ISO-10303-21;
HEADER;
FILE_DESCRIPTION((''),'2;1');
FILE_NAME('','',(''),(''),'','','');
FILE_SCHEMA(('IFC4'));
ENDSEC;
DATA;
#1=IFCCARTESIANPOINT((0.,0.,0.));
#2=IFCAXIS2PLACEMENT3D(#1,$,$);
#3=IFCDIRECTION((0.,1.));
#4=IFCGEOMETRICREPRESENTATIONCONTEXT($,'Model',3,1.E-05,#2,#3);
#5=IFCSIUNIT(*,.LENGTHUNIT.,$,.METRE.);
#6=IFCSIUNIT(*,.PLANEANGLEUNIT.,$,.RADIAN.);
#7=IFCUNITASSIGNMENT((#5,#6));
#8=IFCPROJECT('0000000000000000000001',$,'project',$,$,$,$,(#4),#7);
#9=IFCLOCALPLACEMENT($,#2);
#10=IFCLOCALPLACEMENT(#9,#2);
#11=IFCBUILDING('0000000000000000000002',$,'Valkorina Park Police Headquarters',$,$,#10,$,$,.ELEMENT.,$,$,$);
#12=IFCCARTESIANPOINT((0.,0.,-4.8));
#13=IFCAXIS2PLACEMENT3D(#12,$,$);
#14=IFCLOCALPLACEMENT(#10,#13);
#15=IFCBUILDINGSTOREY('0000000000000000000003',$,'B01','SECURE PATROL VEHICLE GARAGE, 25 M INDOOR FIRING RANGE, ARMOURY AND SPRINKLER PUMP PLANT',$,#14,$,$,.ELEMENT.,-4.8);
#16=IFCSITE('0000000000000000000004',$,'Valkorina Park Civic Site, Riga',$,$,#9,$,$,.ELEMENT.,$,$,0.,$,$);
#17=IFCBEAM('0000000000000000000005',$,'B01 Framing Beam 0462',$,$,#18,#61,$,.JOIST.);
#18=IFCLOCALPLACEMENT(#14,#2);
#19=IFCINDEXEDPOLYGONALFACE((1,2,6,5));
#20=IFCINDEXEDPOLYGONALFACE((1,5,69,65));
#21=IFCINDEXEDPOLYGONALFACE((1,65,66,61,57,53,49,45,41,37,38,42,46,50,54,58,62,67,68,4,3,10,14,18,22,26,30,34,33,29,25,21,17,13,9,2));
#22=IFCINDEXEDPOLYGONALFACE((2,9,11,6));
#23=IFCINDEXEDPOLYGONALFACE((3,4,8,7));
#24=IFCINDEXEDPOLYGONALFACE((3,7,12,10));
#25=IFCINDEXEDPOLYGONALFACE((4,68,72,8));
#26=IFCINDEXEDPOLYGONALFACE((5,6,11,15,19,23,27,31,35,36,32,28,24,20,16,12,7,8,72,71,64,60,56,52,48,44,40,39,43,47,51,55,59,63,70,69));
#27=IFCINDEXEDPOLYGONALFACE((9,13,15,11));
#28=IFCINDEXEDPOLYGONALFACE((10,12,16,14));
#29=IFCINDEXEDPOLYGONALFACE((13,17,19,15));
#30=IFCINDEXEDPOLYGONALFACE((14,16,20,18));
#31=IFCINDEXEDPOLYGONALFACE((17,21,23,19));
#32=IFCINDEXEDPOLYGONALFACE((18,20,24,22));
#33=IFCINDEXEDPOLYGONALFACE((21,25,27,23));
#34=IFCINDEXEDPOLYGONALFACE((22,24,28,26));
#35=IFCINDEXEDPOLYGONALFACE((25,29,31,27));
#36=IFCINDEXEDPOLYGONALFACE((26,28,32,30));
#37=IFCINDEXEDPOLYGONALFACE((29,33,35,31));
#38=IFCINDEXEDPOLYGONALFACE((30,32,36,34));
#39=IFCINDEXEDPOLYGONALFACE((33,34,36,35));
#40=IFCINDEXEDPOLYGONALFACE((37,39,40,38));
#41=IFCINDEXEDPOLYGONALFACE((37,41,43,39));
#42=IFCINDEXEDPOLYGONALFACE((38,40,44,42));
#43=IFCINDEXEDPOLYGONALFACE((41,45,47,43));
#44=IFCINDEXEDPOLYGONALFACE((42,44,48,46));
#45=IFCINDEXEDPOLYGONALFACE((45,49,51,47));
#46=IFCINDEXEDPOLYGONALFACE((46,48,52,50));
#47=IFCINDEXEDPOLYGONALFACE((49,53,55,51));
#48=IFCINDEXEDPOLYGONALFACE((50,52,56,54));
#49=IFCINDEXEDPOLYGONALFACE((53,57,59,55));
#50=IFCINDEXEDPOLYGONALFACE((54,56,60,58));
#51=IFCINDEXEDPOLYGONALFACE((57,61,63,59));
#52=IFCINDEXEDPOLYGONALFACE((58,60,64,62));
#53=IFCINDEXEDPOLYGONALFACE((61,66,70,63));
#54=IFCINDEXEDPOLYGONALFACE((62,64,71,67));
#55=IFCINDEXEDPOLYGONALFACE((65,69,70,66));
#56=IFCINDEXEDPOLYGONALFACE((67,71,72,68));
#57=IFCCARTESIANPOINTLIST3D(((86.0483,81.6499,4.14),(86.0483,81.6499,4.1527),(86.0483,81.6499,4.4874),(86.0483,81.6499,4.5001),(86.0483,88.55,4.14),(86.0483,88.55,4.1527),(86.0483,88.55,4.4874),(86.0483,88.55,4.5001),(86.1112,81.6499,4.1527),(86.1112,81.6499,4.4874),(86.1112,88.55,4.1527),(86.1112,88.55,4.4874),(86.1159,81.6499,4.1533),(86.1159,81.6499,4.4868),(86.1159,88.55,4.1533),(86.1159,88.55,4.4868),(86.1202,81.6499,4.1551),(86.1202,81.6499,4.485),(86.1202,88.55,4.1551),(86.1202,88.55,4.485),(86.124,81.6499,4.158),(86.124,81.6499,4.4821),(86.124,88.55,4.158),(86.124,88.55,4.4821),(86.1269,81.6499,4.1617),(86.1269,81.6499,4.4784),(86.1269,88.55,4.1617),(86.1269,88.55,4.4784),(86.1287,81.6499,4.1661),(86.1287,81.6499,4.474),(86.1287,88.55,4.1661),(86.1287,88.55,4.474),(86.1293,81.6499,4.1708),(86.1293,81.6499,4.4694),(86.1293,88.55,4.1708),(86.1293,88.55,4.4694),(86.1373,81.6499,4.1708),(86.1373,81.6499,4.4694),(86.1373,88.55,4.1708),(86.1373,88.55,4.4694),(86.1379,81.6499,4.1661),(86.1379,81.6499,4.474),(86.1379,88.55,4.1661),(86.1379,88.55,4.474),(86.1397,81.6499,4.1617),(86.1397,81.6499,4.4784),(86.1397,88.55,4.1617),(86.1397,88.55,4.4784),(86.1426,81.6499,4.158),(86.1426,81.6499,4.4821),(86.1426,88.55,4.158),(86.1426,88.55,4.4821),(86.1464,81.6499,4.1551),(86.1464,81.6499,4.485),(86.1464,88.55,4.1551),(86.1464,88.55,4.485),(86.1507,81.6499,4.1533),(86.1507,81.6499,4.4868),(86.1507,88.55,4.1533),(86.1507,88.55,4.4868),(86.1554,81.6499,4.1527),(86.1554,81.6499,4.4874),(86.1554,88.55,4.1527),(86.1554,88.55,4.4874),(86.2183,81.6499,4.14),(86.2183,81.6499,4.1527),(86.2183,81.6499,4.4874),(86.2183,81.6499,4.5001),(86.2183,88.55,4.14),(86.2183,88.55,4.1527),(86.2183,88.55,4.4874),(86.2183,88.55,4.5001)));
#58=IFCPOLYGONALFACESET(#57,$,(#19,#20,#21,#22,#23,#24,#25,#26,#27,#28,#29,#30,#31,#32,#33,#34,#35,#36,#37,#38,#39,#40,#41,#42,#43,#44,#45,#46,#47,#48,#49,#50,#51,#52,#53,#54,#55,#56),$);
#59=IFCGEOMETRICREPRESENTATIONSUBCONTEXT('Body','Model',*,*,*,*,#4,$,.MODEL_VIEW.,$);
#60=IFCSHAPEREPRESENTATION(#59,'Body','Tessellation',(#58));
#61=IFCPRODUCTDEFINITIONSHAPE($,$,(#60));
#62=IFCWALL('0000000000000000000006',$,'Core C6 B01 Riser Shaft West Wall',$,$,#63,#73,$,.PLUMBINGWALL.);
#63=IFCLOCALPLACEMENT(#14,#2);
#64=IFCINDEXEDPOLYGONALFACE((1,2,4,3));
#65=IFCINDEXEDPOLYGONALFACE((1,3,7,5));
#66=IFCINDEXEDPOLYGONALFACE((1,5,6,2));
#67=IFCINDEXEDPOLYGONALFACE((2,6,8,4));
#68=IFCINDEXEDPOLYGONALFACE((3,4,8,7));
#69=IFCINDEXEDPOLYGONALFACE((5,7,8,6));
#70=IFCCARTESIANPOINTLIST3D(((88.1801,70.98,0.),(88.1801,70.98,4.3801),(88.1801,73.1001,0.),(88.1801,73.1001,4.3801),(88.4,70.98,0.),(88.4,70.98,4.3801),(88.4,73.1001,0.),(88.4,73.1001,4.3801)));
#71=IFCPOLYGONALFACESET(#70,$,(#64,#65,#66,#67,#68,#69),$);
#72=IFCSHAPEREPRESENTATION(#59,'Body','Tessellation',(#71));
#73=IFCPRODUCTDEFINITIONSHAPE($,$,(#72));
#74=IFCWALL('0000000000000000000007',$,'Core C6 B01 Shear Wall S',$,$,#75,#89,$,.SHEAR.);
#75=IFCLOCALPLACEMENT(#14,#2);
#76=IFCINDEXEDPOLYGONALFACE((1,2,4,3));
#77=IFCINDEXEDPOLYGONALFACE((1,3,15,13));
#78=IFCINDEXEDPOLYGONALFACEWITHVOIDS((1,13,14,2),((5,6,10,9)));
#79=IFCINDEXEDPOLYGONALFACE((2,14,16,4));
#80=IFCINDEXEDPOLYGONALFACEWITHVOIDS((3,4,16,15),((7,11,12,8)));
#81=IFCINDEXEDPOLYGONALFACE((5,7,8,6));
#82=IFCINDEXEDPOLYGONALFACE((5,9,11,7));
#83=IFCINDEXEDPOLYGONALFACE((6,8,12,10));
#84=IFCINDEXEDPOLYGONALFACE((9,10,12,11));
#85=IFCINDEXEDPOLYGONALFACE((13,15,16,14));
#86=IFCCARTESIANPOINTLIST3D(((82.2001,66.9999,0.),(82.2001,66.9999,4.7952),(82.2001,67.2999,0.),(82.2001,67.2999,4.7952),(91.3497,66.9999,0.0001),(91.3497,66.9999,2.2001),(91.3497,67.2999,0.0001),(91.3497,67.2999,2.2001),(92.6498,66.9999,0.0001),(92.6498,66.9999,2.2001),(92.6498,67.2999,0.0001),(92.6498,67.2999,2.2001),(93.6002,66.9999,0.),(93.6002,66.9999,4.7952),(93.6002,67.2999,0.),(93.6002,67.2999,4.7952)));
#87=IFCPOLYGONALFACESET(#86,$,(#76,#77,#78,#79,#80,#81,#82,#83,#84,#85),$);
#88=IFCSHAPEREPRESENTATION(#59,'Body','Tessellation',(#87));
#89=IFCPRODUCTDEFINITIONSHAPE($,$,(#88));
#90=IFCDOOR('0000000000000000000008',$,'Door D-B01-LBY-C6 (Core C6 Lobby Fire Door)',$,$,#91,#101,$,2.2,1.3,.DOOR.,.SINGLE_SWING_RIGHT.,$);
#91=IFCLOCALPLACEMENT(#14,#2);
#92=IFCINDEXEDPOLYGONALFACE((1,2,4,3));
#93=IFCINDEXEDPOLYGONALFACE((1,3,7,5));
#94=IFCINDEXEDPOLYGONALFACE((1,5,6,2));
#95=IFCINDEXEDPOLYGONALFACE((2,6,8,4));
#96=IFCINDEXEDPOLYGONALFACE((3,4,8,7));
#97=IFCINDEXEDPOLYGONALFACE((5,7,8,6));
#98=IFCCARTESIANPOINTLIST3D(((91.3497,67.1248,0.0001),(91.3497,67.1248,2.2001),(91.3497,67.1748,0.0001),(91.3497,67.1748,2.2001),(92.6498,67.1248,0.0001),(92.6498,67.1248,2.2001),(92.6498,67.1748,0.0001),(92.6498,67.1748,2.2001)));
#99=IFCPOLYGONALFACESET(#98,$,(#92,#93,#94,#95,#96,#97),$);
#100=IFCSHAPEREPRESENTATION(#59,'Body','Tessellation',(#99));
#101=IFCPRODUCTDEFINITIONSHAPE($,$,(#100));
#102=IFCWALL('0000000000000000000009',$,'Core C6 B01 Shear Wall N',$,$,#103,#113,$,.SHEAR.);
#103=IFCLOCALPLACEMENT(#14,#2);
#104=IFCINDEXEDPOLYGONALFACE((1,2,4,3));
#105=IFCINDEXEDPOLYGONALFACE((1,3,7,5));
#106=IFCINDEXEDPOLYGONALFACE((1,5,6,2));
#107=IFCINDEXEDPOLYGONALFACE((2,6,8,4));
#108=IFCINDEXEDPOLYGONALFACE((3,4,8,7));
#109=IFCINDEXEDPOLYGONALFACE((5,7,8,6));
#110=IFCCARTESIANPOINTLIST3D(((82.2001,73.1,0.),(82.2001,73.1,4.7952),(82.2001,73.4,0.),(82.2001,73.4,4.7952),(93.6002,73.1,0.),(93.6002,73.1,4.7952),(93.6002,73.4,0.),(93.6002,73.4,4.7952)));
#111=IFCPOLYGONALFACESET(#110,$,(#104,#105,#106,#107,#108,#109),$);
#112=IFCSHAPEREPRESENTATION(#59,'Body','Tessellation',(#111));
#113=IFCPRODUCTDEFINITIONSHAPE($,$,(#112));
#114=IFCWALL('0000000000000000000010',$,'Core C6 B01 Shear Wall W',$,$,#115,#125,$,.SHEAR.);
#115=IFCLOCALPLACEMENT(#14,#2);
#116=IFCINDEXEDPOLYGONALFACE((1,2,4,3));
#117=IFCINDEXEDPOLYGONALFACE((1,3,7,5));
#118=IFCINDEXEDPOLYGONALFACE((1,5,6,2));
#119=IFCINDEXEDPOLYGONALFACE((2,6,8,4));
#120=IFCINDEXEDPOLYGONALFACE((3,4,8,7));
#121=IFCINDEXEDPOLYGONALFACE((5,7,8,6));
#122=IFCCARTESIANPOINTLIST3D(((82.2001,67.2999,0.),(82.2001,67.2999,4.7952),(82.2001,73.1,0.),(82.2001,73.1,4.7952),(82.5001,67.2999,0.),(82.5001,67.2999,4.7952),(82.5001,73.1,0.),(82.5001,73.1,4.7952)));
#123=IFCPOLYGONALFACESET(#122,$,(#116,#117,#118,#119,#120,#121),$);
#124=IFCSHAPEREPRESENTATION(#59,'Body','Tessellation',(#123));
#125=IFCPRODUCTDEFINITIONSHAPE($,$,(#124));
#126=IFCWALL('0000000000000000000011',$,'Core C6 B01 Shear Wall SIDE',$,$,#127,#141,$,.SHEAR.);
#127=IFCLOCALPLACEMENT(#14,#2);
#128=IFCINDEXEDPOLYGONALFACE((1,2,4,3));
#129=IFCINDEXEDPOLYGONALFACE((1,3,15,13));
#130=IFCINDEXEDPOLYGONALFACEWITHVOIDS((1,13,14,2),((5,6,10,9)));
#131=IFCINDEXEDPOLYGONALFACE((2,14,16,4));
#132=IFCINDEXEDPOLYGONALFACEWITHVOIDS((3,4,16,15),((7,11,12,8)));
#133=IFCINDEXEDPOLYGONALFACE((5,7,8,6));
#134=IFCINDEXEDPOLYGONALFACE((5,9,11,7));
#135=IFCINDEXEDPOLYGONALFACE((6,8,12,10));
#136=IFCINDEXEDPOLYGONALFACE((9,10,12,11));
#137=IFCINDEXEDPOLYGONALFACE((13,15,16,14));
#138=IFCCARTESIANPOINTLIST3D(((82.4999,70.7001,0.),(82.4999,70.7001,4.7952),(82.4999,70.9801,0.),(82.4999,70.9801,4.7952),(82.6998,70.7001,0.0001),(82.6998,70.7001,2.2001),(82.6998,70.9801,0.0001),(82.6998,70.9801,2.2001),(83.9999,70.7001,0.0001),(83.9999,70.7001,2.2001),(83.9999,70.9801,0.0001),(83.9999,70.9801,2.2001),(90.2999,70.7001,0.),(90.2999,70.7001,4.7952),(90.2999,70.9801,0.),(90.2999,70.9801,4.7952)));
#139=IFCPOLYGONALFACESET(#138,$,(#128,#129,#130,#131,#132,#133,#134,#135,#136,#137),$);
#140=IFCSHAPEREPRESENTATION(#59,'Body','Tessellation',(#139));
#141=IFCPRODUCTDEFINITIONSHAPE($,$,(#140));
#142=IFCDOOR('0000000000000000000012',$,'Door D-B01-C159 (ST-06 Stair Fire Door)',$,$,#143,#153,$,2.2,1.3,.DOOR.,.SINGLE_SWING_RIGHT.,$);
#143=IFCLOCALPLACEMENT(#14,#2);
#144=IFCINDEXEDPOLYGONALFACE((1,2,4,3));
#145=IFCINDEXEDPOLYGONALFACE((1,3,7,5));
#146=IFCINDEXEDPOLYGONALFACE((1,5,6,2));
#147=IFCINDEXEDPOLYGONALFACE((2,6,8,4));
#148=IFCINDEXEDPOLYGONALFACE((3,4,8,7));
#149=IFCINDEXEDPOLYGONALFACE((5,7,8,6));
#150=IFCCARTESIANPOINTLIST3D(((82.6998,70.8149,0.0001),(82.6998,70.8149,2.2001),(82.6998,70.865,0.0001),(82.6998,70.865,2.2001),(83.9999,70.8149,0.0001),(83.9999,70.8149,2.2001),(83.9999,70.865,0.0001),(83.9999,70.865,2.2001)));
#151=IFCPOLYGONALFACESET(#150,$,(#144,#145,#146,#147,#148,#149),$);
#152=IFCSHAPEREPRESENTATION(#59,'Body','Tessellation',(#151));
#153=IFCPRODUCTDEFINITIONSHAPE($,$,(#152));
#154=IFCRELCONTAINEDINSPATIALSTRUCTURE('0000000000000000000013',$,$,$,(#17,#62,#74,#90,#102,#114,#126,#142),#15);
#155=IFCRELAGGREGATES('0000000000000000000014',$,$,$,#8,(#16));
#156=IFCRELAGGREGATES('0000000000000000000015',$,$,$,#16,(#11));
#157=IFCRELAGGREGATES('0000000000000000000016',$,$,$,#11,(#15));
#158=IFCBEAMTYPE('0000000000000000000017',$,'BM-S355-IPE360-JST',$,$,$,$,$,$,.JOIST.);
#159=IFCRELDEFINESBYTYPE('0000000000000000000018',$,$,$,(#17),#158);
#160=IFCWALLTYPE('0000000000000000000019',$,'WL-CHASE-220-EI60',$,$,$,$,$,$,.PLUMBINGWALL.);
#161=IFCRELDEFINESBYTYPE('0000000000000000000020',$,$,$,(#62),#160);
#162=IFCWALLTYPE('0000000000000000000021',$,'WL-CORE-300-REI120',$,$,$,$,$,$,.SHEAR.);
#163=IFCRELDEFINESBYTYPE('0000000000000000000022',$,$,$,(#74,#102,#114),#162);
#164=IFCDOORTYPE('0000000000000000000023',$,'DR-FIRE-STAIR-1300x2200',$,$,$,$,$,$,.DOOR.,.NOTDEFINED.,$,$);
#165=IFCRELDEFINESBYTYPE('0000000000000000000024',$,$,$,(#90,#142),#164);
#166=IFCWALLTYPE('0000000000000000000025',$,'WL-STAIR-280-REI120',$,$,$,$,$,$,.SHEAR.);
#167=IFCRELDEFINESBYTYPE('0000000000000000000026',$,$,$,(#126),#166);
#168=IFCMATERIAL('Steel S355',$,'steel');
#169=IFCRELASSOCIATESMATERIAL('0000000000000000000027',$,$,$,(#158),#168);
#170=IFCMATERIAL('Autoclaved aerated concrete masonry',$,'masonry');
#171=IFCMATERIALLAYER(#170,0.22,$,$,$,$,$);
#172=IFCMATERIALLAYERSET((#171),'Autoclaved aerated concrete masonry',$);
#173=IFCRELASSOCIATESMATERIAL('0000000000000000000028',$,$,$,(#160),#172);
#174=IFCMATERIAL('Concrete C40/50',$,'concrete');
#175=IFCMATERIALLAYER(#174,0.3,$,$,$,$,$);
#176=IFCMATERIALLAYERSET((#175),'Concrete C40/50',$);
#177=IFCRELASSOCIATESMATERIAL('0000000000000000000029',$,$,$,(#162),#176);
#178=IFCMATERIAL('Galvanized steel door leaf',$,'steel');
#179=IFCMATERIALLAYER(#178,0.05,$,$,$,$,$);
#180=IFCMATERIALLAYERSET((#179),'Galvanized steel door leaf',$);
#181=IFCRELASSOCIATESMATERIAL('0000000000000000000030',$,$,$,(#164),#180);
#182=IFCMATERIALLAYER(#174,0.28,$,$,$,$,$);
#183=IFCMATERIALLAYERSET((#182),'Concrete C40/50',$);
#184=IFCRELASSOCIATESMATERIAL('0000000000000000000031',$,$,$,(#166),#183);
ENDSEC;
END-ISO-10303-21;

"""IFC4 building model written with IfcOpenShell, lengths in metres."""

from ifc_helpers import new_model, si_unit, direction, frame, frame_2d, origin, origin_2d, place, context, subcontext, project, spatial, rectangle, i_section, extrude, material, layer, layer_set, material_profile, profile_set, type_object, element, fill, save


model = new_model("IFC4")

# Units and contexts
model_context = context("Model", 3, precision=1e-05, world=origin(), true_north=direction((0.0, 1.0)))
body_context = subcontext(model_context, "Body", "Model", "MODEL_VIEW")
ifc_project = project(units=[si_unit("LENGTHUNIT", "METRE"), si_unit("PLANEANGLEUNIT", "RADIAN")], contexts=[model_context])

# Site, building, storey
site_placement = place(None, origin())
site = spatial("IfcSite", under=ifc_project, at=site_placement, Name="Valkorina Park Civic Site, Riga", CompositionType="ELEMENT", RefElevation=0.0)
building_placement = place(site_placement, origin())
building = spatial("IfcBuilding", under=site, at=building_placement, Name="Valkorina Park Police Headquarters", CompositionType="ELEMENT")
storey_placement = place(building_placement, frame((0.0, 0.0, -4.8)))
storey = spatial("IfcBuildingStorey", under=building, at=storey_placement, Name="B01", Description="SECURE PATROL VEHICLE GARAGE, 25 M INDOOR FIRING RANGE, ARMOURY AND SPRINKLER PUMP PLANT", CompositionType="ELEMENT", Elevation=-4.8)

# Shared definitions
ifc_material_1 = material(Name="Concrete C40/50", Category="concrete")

# Beam
ifc_material_2 = material(Name="Steel S355", Category="steel")
ifc_material_profile_1 = material_profile(ifc_material_2, i_section(OverallWidth=0.1699, OverallDepth=0.3601, WebThickness=0.0081, FlangeThickness=0.0127, FilletRadius=0.0181, at=origin_2d()), Name="IPE 360")
ifc_profile_set_1 = profile_set([ifc_material_profile_1], Name="Steel S355")
beam_type_1 = type_object("IfcBeamType", Name="BM-S355-IPE360-JST", PredefinedType="JOIST", material=ifc_profile_set_1)
for number, where, z_axis, x_axis, name in (
    (1, (86.1333, 81.6499, 4.3201), (0.0, 1.0, 0.0), (-1.0, 0.0, 0.0), "B01 Framing Beam 0462"),
):
    element("IfcBeam", number, at=place(storey_placement, frame(where, z_axis=z_axis, x_axis=x_axis)), inside=storey, type_object=beam_type_1, Name=name, PredefinedType="JOIST", context=body_context, shape_type="SweptSolid", body=[
        extrude(i_section(OverallWidth=0.1699, OverallDepth=0.3601, WebThickness=0.0081, FlangeThickness=0.0127, FilletRadius=0.0181, at=origin_2d()), origin(), (0.0, 0.0, 1.0), 6.9001),
    ])

# Wall
ifc_material_3 = material(Name="Autoclaved aerated concrete masonry", Category="masonry")
ifc_layer_1 = layer(ifc_material_3, 0.22)
ifc_layer_set_1 = layer_set([ifc_layer_1], Name="Autoclaved aerated concrete masonry")
wall_type_1 = type_object("IfcWallType", Name="WL-CHASE-220-EI60", PredefinedType="PLUMBINGWALL", material=ifc_layer_set_1)
wall_1_placement = place(storey_placement, frame((88.29, 70.98, 0.0), z_axis=(0.0, 0.0, 1.0), x_axis=(0.0, 1.0, 0.0)))
element("IfcWall", 2, at=wall_1_placement, inside=storey, type_object=wall_type_1, Name="Core C6 B01 Riser Shaft West Wall", PredefinedType="PLUMBINGWALL", context=body_context, shape_type="SweptSolid", body=[
    extrude(rectangle(XDim=2.1201, YDim=0.22, at=frame_2d((1.0601, 0.0))), origin(), (0.0, 0.0, 1.0), 4.3801),
])

# Wall, opening, door
ifc_layer_2 = layer(ifc_material_1, 0.3)
ifc_layer_set_2 = layer_set([ifc_layer_2], Name="Concrete C40/50")
wall_type_2 = type_object("IfcWallType", Name="WL-CORE-300-REI120", PredefinedType="SHEAR", material=ifc_layer_set_2)
wall_2_placement = place(storey_placement, frame((82.2, 67.1499, 0.0), z_axis=(0.0, 0.0, 1.0), x_axis=(1.0, 0.0, 0.0)))
wall_2 = element("IfcWall", 3, at=wall_2_placement, inside=storey, type_object=wall_type_2, Name="Core C6 B01 Shear Wall S", PredefinedType="SHEAR", context=body_context, shape_type="SweptSolid", body=[
    extrude(rectangle(XDim=11.4001, YDim=0.3, at=frame_2d((5.7002, 0.0))), origin(), (0.0, 0.0, 1.0), 4.7952),
])
opening_1_placement = place(wall_2_placement, frame((9.1499, 0.0, 0.0)))
opening_1 = element("IfcOpeningElement", 4, at=opening_1_placement, cuts=wall_2, PredefinedType="OPENING", context=body_context, shape_type="SweptSolid", body=[
    extrude(rectangle(XDim=1.3, YDim=2.2, at=frame_2d((0.6499, 1.1001))), frame((0.0, 0.1602, 0.0), z_axis=(0.0, -1.0, 0.0), x_axis=(1.0, 0.0, 0.0)), (0.0, 0.0, 1.0), 0.3201),
])
ifc_material_4 = material(Name="Galvanized steel door leaf", Category="steel")
ifc_layer_3 = layer(ifc_material_4, 0.05)
ifc_layer_set_3 = layer_set([ifc_layer_3], Name="Galvanized steel door leaf")
door_type = type_object("IfcDoorType", Name="DR-FIRE-STAIR-1300x2200", OperationType="NOTDEFINED", PredefinedType="DOOR", material=ifc_layer_set_3)
door_1_placement = place(opening_1_placement, origin())
door_1 = element("IfcDoor", 5, at=door_1_placement, inside=storey, type_object=door_type, Name="Door D-B01-LBY-C6 (Core C6 Lobby Fire Door)", OperationType="SINGLE_SWING_RIGHT", OverallHeight=2.2, OverallWidth=1.3, PredefinedType="DOOR", context=body_context, shape_type="SweptSolid", body=[
    extrude(rectangle(XDim=1.3, YDim=2.2, at=frame_2d((0.6499, 1.1001))), frame((0.0, 0.0249, 0.0), z_axis=(0.0, -1.0, 0.0), x_axis=(1.0, 0.0, 0.0)), (0.0, 0.0, 1.0), 0.05),
])
fill(opening_1, door_1)

# Walls
wall_3_placement = place(storey_placement, frame((82.2, 73.25, 0.0), z_axis=(0.0, 0.0, 1.0), x_axis=(1.0, 0.0, 0.0)))
element("IfcWall", 6, at=wall_3_placement, inside=storey, type_object=wall_type_2, Name="Core C6 B01 Shear Wall N", PredefinedType="SHEAR", context=body_context, shape_type="SweptSolid", body=[
    extrude(rectangle(XDim=11.4001, YDim=0.3, at=frame_2d((5.7002, 0.0))), origin(), (0.0, 0.0, 1.0), 4.7952),
])
wall_4_placement = place(storey_placement, frame((82.3501, 67.3, 0.0), z_axis=(0.0, 0.0, 1.0), x_axis=(0.0, 1.0, 0.0)))
element("IfcWall", 7, at=wall_4_placement, inside=storey, type_object=wall_type_2, Name="Core C6 B01 Shear Wall W", PredefinedType="SHEAR", context=body_context, shape_type="SweptSolid", body=[
    extrude(rectangle(XDim=5.8, YDim=0.3, at=frame_2d((2.8999, 0.0))), origin(), (0.0, 0.0, 1.0), 4.7952),
])

# Wall, opening, door
ifc_layer_4 = layer(ifc_material_1, 0.28)
ifc_layer_set_4 = layer_set([ifc_layer_4], Name="Concrete C40/50")
wall_type_3 = type_object("IfcWallType", Name="WL-STAIR-280-REI120", PredefinedType="SHEAR", material=ifc_layer_set_4)
wall_5_placement = place(storey_placement, frame((82.5, 70.8401, 0.0), z_axis=(0.0, 0.0, 1.0), x_axis=(1.0, 0.0, 0.0)))
wall_5 = element("IfcWall", 8, at=wall_5_placement, inside=storey, type_object=wall_type_3, Name="Core C6 B01 Shear Wall SIDE", PredefinedType="SHEAR", context=body_context, shape_type="SweptSolid", body=[
    extrude(rectangle(XDim=7.8, YDim=0.28, at=frame_2d((3.8999, 0.0))), origin(), (0.0, 0.0, 1.0), 4.7952),
])
opening_2_placement = place(wall_5_placement, frame((0.2, 0.0, 0.0)))
opening_2 = element("IfcOpeningElement", 9, at=opening_2_placement, cuts=wall_5, PredefinedType="OPENING", context=body_context, shape_type="SweptSolid", body=[
    extrude(rectangle(XDim=1.3, YDim=2.2, at=frame_2d((0.6499, 1.1001))), frame((0.0, 0.1499, 0.0), z_axis=(0.0, -1.0, 0.0), x_axis=(1.0, 0.0, 0.0)), (0.0, 0.0, 1.0), 0.3),
])
door_2_placement = place(opening_2_placement, origin())
door_2 = element("IfcDoor", 10, at=door_2_placement, inside=storey, type_object=door_type, Name="Door D-B01-C159 (ST-06 Stair Fire Door)", OperationType="SINGLE_SWING_RIGHT", OverallHeight=2.2, OverallWidth=1.3, PredefinedType="DOOR", context=body_context, shape_type="SweptSolid", body=[
    extrude(rectangle(XDim=1.3, YDim=2.2, at=frame_2d((0.6499, 1.1001))), frame((0.0, 0.0249, 0.0), z_axis=(0.0, -1.0, 0.0), x_axis=(1.0, 0.0, 0.0)), (0.0, 0.0, 1.0), 0.05),
])
fill(opening_2, door_2)

save(model, "model.ifc")
